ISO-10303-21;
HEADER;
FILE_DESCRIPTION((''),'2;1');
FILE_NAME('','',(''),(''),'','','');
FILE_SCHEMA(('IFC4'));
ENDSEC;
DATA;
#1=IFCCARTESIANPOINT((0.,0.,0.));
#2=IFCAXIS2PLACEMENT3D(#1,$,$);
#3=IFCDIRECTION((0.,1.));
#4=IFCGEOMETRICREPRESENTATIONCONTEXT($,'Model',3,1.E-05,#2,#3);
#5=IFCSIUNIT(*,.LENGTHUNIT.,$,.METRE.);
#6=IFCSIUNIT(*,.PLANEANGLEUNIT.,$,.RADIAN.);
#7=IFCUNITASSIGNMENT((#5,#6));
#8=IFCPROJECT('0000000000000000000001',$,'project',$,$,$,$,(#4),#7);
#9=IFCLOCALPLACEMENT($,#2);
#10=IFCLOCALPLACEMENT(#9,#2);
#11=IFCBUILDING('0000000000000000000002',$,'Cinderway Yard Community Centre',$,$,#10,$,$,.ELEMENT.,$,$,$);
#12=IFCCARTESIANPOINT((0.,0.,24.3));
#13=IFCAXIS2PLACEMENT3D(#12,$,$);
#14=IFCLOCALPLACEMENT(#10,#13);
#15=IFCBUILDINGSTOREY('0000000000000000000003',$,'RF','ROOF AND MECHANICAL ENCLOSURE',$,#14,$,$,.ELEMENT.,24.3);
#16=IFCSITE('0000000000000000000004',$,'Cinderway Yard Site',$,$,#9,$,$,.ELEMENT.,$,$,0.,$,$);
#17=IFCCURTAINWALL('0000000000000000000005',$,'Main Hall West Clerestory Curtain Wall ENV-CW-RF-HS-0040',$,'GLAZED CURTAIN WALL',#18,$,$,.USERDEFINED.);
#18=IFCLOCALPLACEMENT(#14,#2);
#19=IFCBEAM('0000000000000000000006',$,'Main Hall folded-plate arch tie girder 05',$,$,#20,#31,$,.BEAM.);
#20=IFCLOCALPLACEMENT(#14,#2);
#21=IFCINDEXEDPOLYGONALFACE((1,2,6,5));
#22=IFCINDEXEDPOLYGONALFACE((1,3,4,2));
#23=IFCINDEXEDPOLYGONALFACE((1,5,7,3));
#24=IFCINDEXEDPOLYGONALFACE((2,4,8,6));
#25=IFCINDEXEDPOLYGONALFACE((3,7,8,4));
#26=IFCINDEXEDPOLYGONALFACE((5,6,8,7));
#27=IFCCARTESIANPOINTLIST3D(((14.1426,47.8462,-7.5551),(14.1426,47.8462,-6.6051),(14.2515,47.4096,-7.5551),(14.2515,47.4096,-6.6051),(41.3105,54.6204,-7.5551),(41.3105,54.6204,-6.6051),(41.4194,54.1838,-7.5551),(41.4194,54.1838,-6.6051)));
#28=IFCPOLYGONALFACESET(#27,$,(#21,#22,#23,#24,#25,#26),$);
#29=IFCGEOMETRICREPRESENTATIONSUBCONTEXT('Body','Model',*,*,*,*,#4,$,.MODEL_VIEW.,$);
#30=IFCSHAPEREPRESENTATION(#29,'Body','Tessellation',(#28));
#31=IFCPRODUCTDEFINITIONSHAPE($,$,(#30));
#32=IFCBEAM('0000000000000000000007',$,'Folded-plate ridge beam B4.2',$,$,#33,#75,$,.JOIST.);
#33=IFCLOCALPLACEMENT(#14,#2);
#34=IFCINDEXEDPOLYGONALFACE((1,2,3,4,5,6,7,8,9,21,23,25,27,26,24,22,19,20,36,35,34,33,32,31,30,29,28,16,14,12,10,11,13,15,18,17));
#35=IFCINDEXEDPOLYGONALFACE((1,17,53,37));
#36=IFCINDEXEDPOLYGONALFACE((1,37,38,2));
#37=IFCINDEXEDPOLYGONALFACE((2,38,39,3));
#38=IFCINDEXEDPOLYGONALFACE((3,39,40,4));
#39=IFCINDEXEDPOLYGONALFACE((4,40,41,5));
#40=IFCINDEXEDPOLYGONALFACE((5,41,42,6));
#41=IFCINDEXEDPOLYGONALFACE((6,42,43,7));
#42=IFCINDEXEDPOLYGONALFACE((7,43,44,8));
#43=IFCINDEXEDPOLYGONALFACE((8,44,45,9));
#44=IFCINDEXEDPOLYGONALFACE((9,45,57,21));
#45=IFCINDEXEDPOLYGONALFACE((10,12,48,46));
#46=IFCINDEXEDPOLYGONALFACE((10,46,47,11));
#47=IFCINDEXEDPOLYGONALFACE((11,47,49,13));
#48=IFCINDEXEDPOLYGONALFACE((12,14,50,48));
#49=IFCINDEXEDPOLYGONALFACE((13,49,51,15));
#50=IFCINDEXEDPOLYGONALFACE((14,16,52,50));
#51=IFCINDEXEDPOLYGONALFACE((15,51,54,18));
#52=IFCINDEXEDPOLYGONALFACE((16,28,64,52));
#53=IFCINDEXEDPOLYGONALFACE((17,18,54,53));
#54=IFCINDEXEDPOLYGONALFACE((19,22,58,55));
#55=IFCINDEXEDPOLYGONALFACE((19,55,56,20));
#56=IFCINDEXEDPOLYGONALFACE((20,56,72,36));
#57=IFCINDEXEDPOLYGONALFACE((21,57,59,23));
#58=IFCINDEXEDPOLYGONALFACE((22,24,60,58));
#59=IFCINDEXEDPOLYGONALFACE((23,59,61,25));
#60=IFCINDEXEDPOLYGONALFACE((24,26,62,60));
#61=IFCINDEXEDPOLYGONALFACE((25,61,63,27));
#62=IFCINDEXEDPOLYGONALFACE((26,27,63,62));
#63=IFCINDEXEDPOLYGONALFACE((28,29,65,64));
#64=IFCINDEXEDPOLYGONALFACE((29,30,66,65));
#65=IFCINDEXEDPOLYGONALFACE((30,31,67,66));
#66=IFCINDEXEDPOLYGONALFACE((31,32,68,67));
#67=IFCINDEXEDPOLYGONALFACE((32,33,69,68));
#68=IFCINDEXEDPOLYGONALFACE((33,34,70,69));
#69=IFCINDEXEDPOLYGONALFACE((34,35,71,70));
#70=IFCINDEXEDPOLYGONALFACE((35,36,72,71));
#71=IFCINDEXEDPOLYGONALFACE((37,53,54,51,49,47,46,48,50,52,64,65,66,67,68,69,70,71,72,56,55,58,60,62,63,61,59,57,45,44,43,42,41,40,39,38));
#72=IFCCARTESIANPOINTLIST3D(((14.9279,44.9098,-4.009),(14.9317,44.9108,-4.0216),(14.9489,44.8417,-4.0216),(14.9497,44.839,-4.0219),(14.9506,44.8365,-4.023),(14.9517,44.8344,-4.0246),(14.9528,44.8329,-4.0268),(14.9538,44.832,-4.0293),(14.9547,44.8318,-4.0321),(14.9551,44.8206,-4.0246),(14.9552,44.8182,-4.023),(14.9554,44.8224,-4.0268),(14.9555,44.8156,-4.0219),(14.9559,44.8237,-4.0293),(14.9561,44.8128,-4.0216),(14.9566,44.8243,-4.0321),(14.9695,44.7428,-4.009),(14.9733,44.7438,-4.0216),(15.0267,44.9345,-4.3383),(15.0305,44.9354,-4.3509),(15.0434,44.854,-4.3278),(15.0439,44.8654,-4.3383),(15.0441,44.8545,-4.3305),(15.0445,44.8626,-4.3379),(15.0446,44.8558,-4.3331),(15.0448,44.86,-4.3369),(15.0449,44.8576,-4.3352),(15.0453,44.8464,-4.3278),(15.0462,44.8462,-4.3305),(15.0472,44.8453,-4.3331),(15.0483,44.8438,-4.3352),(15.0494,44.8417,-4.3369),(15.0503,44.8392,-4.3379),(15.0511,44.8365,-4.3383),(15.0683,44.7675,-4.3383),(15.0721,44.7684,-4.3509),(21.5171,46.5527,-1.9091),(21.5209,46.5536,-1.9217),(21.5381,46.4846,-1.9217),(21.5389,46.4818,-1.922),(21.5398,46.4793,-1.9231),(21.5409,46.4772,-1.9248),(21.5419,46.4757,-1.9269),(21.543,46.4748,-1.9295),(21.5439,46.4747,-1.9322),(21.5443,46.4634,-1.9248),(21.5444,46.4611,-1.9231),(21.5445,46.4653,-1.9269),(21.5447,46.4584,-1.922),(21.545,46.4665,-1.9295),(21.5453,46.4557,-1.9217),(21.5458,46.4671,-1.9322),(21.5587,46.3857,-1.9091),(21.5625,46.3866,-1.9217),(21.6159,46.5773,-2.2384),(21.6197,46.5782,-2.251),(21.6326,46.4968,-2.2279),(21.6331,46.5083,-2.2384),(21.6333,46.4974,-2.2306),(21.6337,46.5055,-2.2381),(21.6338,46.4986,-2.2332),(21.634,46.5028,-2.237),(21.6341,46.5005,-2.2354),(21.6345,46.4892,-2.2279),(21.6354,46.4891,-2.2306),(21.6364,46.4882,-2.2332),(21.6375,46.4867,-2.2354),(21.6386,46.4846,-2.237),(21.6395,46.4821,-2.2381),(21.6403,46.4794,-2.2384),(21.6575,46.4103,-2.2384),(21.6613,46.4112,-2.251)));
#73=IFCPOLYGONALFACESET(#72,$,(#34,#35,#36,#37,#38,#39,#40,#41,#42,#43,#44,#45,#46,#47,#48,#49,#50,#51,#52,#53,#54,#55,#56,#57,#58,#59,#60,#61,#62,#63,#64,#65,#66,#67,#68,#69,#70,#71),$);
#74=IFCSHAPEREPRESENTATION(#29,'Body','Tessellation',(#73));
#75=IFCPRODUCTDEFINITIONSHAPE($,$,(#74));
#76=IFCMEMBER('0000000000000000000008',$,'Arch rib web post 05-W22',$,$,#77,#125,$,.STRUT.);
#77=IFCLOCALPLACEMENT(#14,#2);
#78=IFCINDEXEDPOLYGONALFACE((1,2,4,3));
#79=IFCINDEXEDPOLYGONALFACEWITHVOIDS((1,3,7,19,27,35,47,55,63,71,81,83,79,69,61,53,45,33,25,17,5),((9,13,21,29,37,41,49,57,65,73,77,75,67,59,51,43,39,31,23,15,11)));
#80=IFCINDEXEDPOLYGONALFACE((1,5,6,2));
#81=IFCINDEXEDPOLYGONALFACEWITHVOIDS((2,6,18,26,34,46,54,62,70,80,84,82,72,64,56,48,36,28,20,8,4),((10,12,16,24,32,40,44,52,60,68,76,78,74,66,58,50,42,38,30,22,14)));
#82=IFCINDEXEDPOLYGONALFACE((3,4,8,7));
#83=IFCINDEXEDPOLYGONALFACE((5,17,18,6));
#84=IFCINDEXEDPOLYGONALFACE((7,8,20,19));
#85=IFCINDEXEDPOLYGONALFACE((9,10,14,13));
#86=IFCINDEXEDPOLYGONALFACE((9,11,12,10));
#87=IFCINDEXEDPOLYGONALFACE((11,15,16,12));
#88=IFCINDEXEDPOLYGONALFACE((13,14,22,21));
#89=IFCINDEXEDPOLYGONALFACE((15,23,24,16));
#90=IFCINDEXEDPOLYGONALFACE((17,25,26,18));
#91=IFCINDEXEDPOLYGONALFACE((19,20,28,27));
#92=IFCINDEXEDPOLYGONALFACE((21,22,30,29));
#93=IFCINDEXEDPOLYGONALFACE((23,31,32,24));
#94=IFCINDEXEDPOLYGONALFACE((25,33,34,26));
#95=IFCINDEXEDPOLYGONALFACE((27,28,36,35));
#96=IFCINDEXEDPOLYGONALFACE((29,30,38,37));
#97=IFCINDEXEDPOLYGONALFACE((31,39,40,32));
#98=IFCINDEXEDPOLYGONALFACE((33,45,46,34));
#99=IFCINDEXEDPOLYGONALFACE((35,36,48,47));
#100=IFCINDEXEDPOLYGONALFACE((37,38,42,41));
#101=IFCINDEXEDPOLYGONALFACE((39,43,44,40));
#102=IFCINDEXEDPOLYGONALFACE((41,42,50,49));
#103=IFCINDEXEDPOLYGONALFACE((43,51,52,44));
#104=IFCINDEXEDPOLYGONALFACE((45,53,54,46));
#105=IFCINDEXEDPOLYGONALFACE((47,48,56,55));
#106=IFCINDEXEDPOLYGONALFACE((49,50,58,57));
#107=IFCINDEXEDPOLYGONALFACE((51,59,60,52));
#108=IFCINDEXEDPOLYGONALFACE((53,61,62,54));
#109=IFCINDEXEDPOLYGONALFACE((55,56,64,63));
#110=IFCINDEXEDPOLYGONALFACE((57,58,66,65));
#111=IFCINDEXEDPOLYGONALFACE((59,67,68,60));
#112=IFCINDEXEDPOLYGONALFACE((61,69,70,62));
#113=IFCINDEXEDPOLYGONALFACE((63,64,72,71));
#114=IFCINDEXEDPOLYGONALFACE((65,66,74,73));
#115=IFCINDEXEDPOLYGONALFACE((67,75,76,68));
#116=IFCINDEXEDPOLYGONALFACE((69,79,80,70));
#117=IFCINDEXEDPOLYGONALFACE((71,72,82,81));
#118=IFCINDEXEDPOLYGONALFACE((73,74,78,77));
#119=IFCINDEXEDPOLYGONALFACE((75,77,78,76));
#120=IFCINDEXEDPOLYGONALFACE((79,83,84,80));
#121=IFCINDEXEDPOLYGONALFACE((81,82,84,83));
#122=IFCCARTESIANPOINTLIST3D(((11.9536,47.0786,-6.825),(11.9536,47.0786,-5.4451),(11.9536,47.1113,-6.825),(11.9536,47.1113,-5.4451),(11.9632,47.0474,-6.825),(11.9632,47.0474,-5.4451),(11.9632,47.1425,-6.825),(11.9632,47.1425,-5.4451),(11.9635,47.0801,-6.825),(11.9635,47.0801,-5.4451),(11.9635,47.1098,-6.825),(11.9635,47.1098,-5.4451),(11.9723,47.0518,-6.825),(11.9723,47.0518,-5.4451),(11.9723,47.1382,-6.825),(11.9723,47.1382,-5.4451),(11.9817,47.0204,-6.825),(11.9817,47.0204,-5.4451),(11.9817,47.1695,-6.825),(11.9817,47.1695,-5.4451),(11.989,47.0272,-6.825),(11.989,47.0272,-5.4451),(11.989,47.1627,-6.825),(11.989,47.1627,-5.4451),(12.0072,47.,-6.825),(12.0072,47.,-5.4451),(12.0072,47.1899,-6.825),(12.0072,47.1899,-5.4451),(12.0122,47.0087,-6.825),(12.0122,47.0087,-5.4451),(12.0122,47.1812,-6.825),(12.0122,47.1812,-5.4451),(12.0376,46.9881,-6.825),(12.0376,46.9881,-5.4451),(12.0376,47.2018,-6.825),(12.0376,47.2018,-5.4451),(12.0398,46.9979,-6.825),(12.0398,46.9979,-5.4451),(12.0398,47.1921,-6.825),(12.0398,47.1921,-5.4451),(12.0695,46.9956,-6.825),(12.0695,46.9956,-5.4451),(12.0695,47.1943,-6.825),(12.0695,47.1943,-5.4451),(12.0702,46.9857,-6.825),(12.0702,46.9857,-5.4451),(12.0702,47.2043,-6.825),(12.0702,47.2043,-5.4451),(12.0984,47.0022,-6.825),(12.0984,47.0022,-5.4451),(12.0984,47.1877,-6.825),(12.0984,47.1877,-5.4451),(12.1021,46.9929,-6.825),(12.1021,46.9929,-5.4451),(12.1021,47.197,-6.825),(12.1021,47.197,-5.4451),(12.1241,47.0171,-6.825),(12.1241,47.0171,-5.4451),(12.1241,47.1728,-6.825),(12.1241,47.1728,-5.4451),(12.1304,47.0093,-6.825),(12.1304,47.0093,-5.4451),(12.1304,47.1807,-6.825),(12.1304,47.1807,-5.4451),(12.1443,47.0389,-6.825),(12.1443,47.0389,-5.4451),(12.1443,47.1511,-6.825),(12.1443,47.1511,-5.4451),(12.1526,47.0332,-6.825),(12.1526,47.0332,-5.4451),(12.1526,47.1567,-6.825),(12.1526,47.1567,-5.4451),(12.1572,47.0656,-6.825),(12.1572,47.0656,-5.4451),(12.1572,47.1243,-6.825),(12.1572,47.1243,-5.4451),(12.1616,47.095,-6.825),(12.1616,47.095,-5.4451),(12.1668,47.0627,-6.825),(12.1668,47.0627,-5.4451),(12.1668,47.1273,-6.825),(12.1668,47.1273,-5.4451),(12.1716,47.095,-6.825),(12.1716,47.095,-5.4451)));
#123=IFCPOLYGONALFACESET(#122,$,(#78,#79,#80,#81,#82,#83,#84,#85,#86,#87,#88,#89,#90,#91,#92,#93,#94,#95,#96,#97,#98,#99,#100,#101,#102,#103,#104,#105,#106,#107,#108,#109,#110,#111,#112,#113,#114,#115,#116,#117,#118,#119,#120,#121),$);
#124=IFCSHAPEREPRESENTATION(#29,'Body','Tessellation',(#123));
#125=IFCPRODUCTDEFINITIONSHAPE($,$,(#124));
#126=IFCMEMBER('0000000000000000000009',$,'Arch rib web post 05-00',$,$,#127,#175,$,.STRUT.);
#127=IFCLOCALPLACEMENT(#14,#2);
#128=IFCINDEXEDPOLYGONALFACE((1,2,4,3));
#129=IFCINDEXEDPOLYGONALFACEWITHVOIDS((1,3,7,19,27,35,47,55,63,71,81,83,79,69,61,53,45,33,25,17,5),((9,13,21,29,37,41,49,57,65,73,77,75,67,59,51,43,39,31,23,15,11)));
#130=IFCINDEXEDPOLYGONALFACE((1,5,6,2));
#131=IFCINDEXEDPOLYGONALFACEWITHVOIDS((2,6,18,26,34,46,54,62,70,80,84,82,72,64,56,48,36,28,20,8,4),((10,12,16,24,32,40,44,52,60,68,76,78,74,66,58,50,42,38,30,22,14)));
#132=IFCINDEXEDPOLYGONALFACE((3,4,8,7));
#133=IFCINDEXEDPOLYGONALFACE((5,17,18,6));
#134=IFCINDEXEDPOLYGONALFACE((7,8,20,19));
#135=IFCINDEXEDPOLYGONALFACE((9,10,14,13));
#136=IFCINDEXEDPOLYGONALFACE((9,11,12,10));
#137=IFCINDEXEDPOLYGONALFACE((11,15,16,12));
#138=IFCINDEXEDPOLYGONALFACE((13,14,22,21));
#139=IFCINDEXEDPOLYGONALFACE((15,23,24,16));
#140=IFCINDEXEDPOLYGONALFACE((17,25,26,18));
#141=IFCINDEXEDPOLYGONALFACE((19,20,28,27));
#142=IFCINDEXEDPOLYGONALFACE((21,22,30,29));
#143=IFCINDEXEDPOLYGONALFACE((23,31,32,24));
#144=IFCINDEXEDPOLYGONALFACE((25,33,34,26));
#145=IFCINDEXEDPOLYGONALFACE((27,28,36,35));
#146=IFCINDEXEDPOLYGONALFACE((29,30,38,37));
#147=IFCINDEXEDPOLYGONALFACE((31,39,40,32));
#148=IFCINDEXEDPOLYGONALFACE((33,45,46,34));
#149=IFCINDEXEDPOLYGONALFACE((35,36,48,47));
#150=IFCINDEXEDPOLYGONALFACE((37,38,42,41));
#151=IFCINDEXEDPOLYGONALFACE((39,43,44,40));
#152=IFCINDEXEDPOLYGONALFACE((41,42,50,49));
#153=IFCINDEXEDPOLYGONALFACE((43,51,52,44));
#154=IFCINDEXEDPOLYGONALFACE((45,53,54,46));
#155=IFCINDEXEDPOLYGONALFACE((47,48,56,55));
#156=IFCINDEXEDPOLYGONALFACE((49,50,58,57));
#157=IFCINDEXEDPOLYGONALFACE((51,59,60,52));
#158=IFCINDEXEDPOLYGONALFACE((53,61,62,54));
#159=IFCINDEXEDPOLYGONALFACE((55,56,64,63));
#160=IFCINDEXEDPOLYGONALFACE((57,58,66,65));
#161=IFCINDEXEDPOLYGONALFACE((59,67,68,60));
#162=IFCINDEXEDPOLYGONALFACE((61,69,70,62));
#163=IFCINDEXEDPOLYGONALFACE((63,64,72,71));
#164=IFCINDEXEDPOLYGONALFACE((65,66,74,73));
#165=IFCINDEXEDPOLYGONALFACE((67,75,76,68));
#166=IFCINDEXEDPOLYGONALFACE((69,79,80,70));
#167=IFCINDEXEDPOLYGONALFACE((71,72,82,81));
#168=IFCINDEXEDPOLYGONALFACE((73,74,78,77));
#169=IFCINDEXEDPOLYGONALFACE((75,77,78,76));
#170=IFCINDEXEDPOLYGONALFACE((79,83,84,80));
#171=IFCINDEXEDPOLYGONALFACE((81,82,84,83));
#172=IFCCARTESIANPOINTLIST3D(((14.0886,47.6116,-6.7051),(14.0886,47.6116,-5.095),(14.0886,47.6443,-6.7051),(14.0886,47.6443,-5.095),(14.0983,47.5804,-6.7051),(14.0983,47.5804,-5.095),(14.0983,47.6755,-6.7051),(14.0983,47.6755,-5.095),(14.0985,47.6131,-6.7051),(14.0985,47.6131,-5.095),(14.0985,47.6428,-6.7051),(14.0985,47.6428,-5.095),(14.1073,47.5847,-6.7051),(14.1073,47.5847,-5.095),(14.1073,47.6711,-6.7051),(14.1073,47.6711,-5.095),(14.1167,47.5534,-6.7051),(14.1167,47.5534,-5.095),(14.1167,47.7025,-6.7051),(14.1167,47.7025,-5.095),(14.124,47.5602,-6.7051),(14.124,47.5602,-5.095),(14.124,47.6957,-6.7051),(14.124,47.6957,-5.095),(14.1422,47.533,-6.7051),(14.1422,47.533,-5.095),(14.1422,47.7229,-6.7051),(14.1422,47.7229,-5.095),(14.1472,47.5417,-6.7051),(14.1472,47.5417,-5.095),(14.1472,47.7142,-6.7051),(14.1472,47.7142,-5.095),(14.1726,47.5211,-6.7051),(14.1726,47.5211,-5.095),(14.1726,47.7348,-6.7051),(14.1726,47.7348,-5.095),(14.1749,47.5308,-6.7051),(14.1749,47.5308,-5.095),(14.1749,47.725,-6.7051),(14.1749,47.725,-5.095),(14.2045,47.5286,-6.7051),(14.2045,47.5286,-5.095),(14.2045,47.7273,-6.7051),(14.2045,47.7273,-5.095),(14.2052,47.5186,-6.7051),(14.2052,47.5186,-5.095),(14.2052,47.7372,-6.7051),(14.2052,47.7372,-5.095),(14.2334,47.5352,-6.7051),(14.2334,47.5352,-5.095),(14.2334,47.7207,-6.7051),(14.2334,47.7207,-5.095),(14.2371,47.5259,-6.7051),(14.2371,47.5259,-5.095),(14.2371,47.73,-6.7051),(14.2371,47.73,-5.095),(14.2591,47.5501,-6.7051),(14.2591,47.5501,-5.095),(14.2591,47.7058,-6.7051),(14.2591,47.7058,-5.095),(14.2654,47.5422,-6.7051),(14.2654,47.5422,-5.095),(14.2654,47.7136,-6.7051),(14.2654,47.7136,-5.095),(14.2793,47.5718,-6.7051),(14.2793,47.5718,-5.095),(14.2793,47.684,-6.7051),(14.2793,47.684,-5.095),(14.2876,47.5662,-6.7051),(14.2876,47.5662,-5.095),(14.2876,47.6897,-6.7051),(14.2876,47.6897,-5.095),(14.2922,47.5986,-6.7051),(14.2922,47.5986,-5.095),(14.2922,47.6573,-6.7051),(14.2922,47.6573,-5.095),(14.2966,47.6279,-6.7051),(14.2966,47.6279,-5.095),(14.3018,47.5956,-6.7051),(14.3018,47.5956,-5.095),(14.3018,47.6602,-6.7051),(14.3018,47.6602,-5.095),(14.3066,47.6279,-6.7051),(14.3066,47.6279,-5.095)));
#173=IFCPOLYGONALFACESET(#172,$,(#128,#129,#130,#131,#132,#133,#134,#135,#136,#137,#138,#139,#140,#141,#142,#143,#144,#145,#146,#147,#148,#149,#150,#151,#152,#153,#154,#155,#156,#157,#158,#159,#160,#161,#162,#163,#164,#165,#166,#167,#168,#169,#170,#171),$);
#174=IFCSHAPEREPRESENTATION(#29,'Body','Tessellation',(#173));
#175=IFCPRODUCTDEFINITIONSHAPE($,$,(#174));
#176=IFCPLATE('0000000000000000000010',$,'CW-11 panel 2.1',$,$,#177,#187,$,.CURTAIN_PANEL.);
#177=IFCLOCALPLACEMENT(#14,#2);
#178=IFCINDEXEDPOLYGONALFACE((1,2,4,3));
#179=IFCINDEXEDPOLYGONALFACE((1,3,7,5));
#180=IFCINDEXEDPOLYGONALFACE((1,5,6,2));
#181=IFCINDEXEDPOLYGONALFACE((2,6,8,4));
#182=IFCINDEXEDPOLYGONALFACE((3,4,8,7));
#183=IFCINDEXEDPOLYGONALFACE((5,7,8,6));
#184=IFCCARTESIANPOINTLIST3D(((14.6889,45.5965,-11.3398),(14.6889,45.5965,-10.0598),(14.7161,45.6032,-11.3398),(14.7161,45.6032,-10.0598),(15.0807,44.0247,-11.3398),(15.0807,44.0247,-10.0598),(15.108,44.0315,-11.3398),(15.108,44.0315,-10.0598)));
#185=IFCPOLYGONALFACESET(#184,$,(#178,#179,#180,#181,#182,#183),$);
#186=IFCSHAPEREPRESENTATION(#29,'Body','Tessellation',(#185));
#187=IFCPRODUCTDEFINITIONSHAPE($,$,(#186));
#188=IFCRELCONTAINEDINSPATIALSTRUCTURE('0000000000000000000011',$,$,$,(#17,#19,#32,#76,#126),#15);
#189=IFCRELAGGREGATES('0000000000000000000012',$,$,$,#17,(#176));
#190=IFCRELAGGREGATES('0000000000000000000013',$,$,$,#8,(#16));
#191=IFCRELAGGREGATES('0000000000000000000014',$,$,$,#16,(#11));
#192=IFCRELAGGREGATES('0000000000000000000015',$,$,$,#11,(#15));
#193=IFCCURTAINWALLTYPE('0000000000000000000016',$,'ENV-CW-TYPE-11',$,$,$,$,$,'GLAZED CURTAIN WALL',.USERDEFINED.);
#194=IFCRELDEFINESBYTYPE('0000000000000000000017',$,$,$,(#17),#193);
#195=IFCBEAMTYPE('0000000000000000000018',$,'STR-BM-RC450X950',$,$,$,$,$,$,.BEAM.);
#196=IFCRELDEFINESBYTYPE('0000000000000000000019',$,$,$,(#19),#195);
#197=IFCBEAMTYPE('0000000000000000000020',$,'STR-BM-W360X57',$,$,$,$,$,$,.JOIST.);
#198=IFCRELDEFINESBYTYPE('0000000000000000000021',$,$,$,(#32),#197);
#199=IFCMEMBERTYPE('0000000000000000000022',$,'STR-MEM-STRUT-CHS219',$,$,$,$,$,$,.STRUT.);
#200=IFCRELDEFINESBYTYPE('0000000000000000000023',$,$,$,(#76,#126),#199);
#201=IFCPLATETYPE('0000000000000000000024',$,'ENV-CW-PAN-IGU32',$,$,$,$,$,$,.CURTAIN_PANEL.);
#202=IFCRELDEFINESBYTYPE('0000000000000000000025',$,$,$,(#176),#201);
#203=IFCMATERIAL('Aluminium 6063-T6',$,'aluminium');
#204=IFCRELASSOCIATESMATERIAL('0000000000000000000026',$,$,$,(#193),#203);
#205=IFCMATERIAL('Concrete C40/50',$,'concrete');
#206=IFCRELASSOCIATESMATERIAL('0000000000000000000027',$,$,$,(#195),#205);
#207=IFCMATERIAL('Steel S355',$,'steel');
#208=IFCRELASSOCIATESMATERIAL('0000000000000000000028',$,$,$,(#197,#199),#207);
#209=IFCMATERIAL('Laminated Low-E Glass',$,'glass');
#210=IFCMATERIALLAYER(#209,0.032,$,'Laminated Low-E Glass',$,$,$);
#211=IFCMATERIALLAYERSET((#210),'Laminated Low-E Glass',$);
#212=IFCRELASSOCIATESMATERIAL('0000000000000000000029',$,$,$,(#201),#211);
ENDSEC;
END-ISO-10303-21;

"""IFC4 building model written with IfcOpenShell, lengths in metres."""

from ifc_helpers import new_model, si_unit, direction, frame, origin, origin_2d, place, context, subcontext, project, spatial, rectangle, hollow_circle, i_section, extrude, material, layer, layer_set, material_profile, profile_set, type_object, element, aggregate, save


model = new_model("IFC4")

# Units and contexts
model_context = context("Model", 3, precision=1e-05, world=origin(), true_north=direction((0.0, 1.0)))
body_context = subcontext(model_context, "Body", "Model", "MODEL_VIEW")
ifc_project = project(units=[si_unit("LENGTHUNIT", "METRE"), si_unit("PLANEANGLEUNIT", "RADIAN")], contexts=[model_context])

# Site, building, storey
site_placement = place(None, origin())
site = spatial("IfcSite", under=ifc_project, at=site_placement, Name="Cinderway Yard Site", CompositionType="ELEMENT", RefElevation=0.0)
building_placement = place(site_placement, origin())
building = spatial("IfcBuilding", under=site, at=building_placement, Name="Cinderway Yard Community Centre", CompositionType="ELEMENT")
storey_placement = place(building_placement, frame((0.0, 0.0, 24.3)))
storey = spatial("IfcBuildingStorey", under=building, at=storey_placement, Name="RF", Description="ROOF AND MECHANICAL ENCLOSURE", CompositionType="ELEMENT", Elevation=24.3)

# Shared definitions
ifc_material_1 = material(Name="Steel S355", Category="steel")

# Curtain wall
ifc_material_2 = material(Name="Aluminium 6063-T6", Category="aluminium")
curtain_wall_type = type_object("IfcCurtainWallType", Name="ENV-CW-TYPE-11", ElementType="GLAZED CURTAIN WALL", PredefinedType="USERDEFINED", material=ifc_material_2)
curtain_wall_1_placement = place(storey_placement, origin())
curtain_wall_1 = element("IfcCurtainWall", 1, at=curtain_wall_1_placement, inside=storey, type_object=curtain_wall_type, Name="Main Hall West Clerestory Curtain Wall ENV-CW-RF-HS-0040", ObjectType="GLAZED CURTAIN WALL", PredefinedType="USERDEFINED")

# Beams
ifc_material_3 = material(Name="Concrete C40/50", Category="concrete")
ifc_material_profile_1 = material_profile(ifc_material_3, rectangle(XDim=0.45, YDim=0.95, at=origin_2d()), Name="Concrete C40/50")
ifc_profile_set_1 = profile_set([ifc_material_profile_1], Name="Concrete C40/50")
beam_type_1 = type_object("IfcBeamType", Name="STR-BM-RC450X950", PredefinedType="BEAM", material=ifc_profile_set_1)
beam_1_placement = place(storey_placement, frame((14.197, 47.6279, -7.0801), z_axis=(0.970292, 0.241937, 0.0), x_axis=(-0.241937, 0.970292, 0.0)))
element("IfcBeam", 2, at=beam_1_placement, inside=storey, type_object=beam_type_1, Name="Main Hall folded-plate arch tie girder 05", PredefinedType="BEAM", context=body_context, shape_type="SweptSolid", body=[
    extrude(rectangle(XDim=0.45, YDim=0.95, at=origin_2d()), origin(), (0.0, 0.0, 1.0), 27.9998),
])
ifc_material_profile_2 = material_profile(ifc_material_1, i_section(OverallWidth=0.1721, OverallDepth=0.3579, WebThickness=0.0078, FlangeThickness=0.0132, FilletRadius=0.011, at=origin_2d()), Name="Steel S355")
ifc_profile_set_2 = profile_set([ifc_material_profile_2], Name="Steel S355")
beam_type_2 = type_object("IfcBeamType", Name="STR-BM-W360X57", PredefinedType="JOIST", material=ifc_profile_set_2)
beam_2_placement = place(storey_placement, frame((15.0, 44.8391, -4.1799), z_axis=(0.92699, 0.231121, 0.295418), x_axis=(-0.241918, 0.970297, 0.0)))
element("IfcBeam", 3, at=beam_2_placement, inside=storey, type_object=beam_type_2, Name="Folded-plate ridge beam B4.2", PredefinedType="JOIST", context=body_context, shape_type="SweptSolid", body=[
    extrude(i_section(OverallWidth=0.1721, OverallDepth=0.3579, WebThickness=0.0078, FlangeThickness=0.0132, FilletRadius=0.011, at=origin_2d()), origin(), (0.0, 0.0, 1.0), 7.1082),
])

# Members
ifc_material_profile_3 = material_profile(ifc_material_1, hollow_circle(Radius=0.1096, WallThickness=0.01, at=origin_2d()), Name="Steel S355")
ifc_profile_set_3 = profile_set([ifc_material_profile_3], Name="Steel S355")
member_type_1 = type_object("IfcMemberType", Name="STR-MEM-STRUT-CHS219", PredefinedType="STRUT", material=ifc_profile_set_3)
member_1_placement = place(storey_placement, frame((12.062, 47.095, -6.825), z_axis=(0.0, 0.0, 1.0), x_axis=(1.0, 0.0, 0.0)))
element("IfcMember", 4, at=member_1_placement, inside=storey, type_object=member_type_1, Name="Arch rib web post 05-W22", PredefinedType="STRUT", context=body_context, shape_type="SweptSolid", body=[
    extrude(hollow_circle(Radius=0.1096, WallThickness=0.01, at=origin_2d()), origin(), (0.0, 0.0, 1.0), 1.3799),
])
member_2_placement = place(storey_placement, frame((14.197, 47.6279, -6.7051), z_axis=(0.0, 0.0, 1.0), x_axis=(1.0, 0.0, 0.0)))
element("IfcMember", 5, at=member_2_placement, inside=storey, type_object=member_type_1, Name="Arch rib web post 05-00", PredefinedType="STRUT", context=body_context, shape_type="SweptSolid", body=[
    extrude(hollow_circle(Radius=0.1096, WallThickness=0.01, at=origin_2d()), origin(), (0.0, 0.0, 1.0), 1.6101),
])

# Plate
ifc_material_4 = material(Name="Laminated Low-E Glass", Category="glass")
ifc_layer_1 = layer(ifc_material_4, 0.032, Name="Laminated Low-E Glass")
ifc_layer_set_1 = layer_set([ifc_layer_1], Name="Laminated Low-E Glass")
plate_type_1 = type_object("IfcPlateType", Name="ENV-CW-PAN-IGU32", PredefinedType="CURTAIN_PANEL", material=ifc_layer_set_1)
plate_1_placement = place(storey_placement, frame((14.8984, 44.814, -11.3398), z_axis=(0.0, 0.0, 1.0), x_axis=(-0.241882, 0.970306, 0.0)))
plate_1 = element("IfcPlate", 6, at=plate_1_placement, type_object=plate_type_1, Name="CW-11 panel 2.1", PredefinedType="CURTAIN_PANEL", context=body_context, shape_type="SweptSolid", body=[
    extrude(rectangle(XDim=1.6199, YDim=0.0281, at=origin_2d()), origin(), (0.0, 0.0, 1.0), 1.28),
])
aggregate(curtain_wall_1, [plate_1])

save(model, "model.ifc")
